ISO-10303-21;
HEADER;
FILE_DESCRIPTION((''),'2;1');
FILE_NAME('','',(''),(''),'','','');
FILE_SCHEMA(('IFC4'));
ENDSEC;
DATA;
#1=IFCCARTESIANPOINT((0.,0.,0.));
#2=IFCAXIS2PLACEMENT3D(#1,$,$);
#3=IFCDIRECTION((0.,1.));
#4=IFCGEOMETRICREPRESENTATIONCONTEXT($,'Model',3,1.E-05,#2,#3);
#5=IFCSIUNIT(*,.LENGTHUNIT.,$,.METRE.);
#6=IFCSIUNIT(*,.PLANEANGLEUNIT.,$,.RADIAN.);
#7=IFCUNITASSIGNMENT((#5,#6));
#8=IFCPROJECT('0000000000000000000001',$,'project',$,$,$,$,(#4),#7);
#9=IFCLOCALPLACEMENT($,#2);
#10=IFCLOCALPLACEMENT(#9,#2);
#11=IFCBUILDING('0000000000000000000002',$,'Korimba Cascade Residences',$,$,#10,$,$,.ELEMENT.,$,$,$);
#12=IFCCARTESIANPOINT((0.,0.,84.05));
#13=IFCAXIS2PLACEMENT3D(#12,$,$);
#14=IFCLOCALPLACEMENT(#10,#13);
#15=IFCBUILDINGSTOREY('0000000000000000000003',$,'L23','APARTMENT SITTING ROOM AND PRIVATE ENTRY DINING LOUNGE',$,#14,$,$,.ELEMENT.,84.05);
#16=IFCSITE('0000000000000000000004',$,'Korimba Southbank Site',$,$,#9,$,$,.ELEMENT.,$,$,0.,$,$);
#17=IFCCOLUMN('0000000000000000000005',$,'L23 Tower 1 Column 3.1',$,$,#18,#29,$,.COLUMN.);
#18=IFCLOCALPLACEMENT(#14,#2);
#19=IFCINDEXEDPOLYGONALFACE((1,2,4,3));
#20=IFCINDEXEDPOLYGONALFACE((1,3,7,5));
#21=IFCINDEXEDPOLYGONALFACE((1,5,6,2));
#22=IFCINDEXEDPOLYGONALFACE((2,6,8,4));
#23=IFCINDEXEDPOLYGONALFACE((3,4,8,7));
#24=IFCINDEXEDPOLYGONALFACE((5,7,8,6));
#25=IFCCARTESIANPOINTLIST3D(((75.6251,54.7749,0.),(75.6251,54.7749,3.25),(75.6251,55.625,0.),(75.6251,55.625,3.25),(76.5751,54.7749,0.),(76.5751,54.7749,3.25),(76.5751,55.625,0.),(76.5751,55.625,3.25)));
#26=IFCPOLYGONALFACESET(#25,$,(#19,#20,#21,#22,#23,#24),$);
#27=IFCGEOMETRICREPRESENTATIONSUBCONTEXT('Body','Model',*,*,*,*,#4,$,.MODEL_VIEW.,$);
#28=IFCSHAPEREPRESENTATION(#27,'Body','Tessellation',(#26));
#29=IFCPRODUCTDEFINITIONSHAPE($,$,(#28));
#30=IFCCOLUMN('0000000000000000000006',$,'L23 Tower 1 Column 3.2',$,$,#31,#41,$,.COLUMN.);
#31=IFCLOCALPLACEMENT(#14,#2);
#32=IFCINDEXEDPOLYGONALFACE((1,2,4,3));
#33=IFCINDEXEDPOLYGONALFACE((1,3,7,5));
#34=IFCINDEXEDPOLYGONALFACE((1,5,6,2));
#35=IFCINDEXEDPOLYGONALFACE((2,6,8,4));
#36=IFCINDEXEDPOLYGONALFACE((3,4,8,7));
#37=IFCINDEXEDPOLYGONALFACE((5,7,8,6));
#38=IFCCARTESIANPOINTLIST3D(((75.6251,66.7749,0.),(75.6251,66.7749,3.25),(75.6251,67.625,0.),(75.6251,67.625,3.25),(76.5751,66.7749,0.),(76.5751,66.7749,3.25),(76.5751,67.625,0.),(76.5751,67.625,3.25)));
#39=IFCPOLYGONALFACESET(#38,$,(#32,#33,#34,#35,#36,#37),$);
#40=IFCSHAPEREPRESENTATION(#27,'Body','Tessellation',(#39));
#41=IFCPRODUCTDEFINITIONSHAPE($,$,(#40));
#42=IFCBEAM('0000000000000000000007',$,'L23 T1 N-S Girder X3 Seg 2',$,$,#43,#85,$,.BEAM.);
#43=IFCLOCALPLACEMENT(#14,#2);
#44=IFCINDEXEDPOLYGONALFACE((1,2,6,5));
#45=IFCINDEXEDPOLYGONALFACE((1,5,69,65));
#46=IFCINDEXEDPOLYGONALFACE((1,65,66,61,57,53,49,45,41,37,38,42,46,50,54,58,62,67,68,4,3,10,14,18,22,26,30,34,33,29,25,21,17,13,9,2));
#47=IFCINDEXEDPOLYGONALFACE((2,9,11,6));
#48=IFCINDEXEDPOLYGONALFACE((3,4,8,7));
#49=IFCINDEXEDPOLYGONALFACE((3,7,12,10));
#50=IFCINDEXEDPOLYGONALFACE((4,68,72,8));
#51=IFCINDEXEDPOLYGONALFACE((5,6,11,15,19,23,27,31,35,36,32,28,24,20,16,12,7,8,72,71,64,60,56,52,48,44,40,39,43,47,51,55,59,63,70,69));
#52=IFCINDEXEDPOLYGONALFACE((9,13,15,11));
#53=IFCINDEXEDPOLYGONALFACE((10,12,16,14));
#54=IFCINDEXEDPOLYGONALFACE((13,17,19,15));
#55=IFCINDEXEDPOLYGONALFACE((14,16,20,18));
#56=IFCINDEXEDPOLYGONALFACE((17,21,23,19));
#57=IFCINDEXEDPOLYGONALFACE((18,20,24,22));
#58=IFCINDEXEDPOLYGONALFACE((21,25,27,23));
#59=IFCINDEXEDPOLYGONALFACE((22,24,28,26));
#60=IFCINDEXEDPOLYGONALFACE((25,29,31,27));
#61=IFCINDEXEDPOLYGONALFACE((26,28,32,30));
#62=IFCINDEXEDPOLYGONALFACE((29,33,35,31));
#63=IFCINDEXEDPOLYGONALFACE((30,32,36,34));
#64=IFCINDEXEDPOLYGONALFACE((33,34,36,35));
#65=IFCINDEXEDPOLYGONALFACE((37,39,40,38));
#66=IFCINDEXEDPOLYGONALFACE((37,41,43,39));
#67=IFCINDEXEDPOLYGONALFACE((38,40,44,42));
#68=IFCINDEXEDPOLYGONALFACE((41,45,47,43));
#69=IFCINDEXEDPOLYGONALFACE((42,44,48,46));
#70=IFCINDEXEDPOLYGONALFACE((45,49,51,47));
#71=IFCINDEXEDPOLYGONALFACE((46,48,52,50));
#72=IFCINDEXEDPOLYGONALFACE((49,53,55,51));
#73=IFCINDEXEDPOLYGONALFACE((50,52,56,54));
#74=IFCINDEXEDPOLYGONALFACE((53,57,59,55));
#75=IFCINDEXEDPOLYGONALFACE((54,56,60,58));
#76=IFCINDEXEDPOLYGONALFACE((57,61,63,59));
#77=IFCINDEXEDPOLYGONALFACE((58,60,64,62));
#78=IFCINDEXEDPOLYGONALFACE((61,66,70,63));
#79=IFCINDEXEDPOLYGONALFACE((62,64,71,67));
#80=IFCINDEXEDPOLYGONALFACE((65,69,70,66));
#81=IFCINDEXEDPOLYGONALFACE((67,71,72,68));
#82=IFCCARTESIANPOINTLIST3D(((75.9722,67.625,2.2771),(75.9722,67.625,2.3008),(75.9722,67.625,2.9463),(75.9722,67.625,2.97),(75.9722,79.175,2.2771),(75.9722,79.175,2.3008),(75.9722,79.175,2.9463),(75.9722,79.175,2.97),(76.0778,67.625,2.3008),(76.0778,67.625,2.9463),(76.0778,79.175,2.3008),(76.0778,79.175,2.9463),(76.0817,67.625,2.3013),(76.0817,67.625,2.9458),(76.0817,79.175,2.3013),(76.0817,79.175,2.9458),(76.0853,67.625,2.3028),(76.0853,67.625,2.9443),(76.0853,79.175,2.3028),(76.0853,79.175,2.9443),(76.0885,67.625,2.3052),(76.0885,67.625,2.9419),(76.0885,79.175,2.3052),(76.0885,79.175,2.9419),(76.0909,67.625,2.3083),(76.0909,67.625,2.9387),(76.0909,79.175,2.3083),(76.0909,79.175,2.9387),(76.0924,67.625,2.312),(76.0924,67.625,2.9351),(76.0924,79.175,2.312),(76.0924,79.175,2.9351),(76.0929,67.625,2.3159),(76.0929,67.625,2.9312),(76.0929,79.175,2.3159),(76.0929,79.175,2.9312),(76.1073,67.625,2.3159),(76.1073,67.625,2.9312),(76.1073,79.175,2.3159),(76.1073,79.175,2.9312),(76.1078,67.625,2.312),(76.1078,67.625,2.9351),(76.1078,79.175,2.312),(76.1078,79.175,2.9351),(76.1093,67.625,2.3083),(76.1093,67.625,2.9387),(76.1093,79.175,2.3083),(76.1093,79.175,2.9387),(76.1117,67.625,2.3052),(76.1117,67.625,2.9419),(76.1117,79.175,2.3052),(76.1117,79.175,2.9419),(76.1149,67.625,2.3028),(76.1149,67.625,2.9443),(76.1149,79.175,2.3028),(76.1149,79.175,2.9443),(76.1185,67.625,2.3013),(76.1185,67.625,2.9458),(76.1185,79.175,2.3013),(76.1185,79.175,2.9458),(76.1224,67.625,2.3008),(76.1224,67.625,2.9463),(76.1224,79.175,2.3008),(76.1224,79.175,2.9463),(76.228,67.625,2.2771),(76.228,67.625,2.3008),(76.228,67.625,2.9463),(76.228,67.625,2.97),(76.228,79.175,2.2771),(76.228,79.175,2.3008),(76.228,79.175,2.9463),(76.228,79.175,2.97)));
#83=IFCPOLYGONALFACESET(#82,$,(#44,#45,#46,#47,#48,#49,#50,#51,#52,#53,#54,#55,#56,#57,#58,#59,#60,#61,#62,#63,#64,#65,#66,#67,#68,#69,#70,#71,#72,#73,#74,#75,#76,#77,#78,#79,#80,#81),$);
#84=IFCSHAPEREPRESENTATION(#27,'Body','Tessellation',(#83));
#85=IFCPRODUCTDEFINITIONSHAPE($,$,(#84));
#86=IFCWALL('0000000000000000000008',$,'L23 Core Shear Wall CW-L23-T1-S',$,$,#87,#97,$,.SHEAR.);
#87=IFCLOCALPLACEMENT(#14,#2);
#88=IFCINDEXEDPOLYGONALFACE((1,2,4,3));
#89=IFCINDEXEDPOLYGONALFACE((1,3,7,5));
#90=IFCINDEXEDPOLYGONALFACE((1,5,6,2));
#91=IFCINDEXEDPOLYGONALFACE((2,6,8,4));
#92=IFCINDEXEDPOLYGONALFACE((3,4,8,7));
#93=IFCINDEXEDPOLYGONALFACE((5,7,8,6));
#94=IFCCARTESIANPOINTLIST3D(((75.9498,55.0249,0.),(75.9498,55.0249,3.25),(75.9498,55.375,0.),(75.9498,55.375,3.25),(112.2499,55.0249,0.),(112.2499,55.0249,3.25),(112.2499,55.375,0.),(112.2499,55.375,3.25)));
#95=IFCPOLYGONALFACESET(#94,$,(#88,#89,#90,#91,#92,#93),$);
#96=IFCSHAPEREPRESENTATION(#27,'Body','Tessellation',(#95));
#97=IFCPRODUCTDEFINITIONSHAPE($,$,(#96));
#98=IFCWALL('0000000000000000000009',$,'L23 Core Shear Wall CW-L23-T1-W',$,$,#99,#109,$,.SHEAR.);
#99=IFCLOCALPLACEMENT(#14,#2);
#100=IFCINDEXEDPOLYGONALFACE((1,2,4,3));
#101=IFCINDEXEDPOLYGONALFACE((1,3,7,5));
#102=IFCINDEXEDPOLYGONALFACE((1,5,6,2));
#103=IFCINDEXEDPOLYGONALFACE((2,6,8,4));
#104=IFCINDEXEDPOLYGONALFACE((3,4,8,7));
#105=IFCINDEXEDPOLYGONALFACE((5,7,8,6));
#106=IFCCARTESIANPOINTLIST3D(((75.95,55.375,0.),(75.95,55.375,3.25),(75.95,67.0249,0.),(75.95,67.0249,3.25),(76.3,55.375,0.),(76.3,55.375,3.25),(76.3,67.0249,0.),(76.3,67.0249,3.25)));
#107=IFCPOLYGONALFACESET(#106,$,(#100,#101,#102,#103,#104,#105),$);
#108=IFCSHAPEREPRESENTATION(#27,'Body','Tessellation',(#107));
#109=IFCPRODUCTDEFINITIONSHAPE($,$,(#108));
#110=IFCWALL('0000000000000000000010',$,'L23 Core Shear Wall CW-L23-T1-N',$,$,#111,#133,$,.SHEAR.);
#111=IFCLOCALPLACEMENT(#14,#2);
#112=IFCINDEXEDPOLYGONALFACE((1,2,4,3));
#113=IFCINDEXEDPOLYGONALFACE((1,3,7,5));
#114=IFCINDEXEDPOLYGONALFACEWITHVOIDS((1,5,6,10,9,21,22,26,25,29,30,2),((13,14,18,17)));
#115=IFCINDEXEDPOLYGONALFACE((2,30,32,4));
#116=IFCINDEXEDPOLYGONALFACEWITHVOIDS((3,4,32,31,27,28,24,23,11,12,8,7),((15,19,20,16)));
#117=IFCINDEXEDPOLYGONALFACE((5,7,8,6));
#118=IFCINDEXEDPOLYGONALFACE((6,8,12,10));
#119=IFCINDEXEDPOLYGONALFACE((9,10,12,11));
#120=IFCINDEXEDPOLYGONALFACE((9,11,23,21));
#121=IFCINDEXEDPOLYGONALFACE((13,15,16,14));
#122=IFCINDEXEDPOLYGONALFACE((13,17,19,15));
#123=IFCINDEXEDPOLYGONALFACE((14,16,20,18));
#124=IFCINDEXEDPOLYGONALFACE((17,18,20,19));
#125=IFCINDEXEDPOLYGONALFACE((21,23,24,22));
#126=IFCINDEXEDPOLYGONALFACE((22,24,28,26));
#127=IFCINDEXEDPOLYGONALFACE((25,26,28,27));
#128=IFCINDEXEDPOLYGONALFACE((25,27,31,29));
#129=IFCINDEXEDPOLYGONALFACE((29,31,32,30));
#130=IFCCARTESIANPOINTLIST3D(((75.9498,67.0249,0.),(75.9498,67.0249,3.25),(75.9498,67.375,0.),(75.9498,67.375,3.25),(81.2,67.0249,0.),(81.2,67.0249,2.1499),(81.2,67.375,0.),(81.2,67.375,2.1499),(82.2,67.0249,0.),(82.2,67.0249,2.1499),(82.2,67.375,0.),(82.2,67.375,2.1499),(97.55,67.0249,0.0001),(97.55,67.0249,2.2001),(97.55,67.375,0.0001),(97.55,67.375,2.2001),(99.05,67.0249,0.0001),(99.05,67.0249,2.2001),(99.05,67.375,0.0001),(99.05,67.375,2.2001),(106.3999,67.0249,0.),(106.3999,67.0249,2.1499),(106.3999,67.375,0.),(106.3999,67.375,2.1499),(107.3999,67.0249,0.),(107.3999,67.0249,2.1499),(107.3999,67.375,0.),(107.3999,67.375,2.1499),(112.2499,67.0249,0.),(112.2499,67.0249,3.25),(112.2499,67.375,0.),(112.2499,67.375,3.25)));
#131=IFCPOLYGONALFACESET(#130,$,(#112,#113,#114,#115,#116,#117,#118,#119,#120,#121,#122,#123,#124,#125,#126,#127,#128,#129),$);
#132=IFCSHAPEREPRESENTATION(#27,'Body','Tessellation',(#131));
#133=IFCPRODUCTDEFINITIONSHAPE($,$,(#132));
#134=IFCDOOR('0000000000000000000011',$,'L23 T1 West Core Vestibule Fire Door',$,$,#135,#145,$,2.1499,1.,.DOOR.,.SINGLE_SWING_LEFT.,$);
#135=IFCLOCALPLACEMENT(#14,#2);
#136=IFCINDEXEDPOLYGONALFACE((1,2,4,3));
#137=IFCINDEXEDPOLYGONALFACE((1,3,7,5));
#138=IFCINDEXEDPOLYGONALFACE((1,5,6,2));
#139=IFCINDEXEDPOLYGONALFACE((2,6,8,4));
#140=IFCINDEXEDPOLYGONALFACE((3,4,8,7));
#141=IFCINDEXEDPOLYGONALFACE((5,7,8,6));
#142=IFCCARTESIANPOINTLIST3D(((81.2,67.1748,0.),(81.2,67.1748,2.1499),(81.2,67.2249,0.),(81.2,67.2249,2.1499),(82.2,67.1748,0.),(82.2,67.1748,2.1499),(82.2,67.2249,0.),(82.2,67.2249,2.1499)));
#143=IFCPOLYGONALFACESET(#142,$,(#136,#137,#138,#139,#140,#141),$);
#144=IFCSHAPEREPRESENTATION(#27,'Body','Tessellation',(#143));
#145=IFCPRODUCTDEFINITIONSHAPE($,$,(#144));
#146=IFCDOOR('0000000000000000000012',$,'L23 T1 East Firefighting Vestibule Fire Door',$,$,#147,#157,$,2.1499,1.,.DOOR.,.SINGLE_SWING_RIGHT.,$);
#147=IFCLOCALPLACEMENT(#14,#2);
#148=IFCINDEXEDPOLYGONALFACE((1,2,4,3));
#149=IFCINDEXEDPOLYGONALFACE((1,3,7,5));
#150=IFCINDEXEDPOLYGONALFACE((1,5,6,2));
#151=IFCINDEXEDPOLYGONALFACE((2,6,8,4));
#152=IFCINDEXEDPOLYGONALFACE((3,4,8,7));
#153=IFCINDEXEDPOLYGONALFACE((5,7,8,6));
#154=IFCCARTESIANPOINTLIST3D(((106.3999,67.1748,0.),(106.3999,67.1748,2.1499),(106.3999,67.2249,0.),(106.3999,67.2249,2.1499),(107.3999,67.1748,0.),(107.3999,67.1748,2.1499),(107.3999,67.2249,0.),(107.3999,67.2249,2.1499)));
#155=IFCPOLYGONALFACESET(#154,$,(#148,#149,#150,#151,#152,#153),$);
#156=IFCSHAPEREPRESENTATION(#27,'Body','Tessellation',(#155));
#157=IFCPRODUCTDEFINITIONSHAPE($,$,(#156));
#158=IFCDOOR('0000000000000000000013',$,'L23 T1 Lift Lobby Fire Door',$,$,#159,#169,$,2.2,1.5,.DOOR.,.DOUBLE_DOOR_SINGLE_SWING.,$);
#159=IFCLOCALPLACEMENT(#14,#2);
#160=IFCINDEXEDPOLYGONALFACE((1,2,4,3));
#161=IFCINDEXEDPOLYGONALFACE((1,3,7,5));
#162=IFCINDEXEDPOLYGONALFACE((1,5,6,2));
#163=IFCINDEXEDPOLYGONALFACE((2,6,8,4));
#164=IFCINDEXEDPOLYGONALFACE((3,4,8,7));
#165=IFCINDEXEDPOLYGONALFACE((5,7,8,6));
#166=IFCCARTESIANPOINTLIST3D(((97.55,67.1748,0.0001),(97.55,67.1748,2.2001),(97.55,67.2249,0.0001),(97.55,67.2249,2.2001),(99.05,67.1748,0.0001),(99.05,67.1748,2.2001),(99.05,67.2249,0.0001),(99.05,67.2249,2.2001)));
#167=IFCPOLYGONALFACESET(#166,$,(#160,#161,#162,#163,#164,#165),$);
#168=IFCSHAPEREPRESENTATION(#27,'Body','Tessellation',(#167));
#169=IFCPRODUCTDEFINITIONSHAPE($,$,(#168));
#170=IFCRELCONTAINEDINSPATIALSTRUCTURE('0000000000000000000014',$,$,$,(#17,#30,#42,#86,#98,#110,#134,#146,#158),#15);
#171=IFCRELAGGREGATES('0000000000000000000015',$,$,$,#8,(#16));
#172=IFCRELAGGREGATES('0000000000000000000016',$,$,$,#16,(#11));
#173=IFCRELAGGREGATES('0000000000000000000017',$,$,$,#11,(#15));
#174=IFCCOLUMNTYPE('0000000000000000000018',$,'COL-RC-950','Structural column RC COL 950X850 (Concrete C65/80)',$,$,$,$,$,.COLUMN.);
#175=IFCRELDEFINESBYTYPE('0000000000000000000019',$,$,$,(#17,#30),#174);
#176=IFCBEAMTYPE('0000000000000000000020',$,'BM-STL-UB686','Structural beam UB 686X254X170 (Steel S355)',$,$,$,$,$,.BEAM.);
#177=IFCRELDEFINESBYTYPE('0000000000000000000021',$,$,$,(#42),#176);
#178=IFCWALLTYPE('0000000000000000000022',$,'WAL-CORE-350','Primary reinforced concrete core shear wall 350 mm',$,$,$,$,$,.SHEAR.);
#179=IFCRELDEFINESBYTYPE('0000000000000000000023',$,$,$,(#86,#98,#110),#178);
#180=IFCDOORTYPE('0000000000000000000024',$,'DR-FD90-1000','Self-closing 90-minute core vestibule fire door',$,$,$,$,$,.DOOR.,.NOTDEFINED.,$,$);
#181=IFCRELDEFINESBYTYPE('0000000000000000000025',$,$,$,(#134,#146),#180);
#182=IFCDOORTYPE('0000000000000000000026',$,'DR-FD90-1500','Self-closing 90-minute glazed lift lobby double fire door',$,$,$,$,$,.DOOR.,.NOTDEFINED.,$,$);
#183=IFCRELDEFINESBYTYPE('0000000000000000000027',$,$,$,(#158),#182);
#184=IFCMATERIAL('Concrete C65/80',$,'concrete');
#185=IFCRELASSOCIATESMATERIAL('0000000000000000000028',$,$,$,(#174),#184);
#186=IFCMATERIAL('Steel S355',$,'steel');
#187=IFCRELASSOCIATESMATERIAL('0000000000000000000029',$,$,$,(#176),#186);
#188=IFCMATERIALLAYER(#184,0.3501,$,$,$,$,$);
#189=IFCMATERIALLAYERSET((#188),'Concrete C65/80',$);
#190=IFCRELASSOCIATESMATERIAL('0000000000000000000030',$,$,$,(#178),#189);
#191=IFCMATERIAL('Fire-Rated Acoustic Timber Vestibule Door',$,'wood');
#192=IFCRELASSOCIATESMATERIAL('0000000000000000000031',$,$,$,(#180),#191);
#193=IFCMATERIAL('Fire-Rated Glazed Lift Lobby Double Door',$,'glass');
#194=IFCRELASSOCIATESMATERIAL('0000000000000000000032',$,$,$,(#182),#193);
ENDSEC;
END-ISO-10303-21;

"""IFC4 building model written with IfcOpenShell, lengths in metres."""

from ifc_helpers import new_model, si_unit, direction, frame, frame_2d, origin, origin_2d, place, context, subcontext, project, spatial, rectangle, i_section, extrude, material, layer, layer_set, material_profile, profile_set, type_object, element, fill, save


model = new_model("IFC4")

# Units and contexts
model_context = context("Model", 3, precision=1e-05, world=origin(), true_north=direction((0.0, 1.0)))
body_context = subcontext(model_context, "Body", "Model", "MODEL_VIEW")
ifc_project = project(units=[si_unit("LENGTHUNIT", "METRE"), si_unit("PLANEANGLEUNIT", "RADIAN")], contexts=[model_context])

# Site, building, storey
site_placement = place(None, origin())
site = spatial("IfcSite", under=ifc_project, at=site_placement, Name="Korimba Southbank Site", CompositionType="ELEMENT", RefElevation=0.0)
building_placement = place(site_placement, origin())
building = spatial("IfcBuilding", under=site, at=building_placement, Name="Korimba Cascade Residences", CompositionType="ELEMENT")
storey_placement = place(building_placement, frame((0.0, 0.0, 84.05)))
storey = spatial("IfcBuildingStorey", under=building, at=storey_placement, Name="L23", Description="APARTMENT SITTING ROOM AND PRIVATE ENTRY DINING LOUNGE", CompositionType="ELEMENT", Elevation=84.05)

# Columns
ifc_material_1 = material(Name="Concrete C65/80", Category="concrete")
ifc_material_profile_1 = material_profile(ifc_material_1, rectangle(XDim=0.95, YDim=0.8501, at=origin_2d()), Name="Concrete C65/80")
ifc_profile_set_1 = profile_set([ifc_material_profile_1], Name="Concrete C65/80")
column_type = type_object("IfcColumnType", Name="COL-RC-950", Description="Structural column RC COL 950X850 (Concrete C65/80)", PredefinedType="COLUMN", material=ifc_profile_set_1)
for number, where, z_axis, x_axis, name in (
    (1, (76.1001, 55.2, 0.0), (0.0, 0.0, 1.0), (1.0, 0.0, 0.0), "L23 Tower 1 Column 3.1"),
    (2, (76.1001, 67.2, 0.0), (0.0, 0.0, 1.0), (1.0, 0.0, 0.0), "L23 Tower 1 Column 3.2"),
):
    element("IfcColumn", number, at=place(storey_placement, frame(where, z_axis=z_axis, x_axis=x_axis)), inside=storey, type_object=column_type, Name=name, PredefinedType="COLUMN", context=body_context, shape_type="SweptSolid", body=[
        extrude(rectangle(XDim=0.95, YDim=0.8501, at=origin_2d()), origin(), (0.0, 0.0, 1.0), 3.25),
    ])

# Beam
ifc_material_2 = material(Name="Steel S355", Category="steel")
ifc_material_profile_2 = material_profile(ifc_material_2, i_section(OverallWidth=0.2559, OverallDepth=0.6929, WebThickness=0.0144, FlangeThickness=0.0237, FilletRadius=0.0151, at=origin_2d()), Name="Steel S355")
ifc_profile_set_2 = profile_set([ifc_material_profile_2], Name="Steel S355")
beam_type = type_object("IfcBeamType", Name="BM-STL-UB686", Description="Structural beam UB 686X254X170 (Steel S355)", PredefinedType="BEAM", material=ifc_profile_set_2)
beam_placement = place(storey_placement, frame((76.1001, 67.625, 2.6235), z_axis=(0.0, 1.0, 0.0), x_axis=(-1.0, 0.0, 0.0)))
element("IfcBeam", 3, at=beam_placement, inside=storey, type_object=beam_type, Name="L23 T1 N-S Girder X3 Seg 2", PredefinedType="BEAM", context=body_context, shape_type="SweptSolid", body=[
    extrude(i_section(OverallWidth=0.2559, OverallDepth=0.6929, WebThickness=0.0144, FlangeThickness=0.0237, FilletRadius=0.0151, at=origin_2d()), origin(), (0.0, 0.0, 1.0), 11.55),
])

# Walls
ifc_layer_1 = layer(ifc_material_1, 0.3501)
ifc_layer_set_1 = layer_set([ifc_layer_1], Name="Concrete C65/80")
wall_type_1 = type_object("IfcWallType", Name="WAL-CORE-350", Description="Primary reinforced concrete core shear wall 350 mm", PredefinedType="SHEAR", material=ifc_layer_set_1)
wall_1_placement = place(storey_placement, frame((75.95, 55.2, 0.0), z_axis=(0.0, 0.0, 1.0), x_axis=(1.0, 0.0, 0.0)))
element("IfcWall", 4, at=wall_1_placement, inside=storey, type_object=wall_type_1, Name="L23 Core Shear Wall CW-L23-T1-S", PredefinedType="SHEAR", context=body_context, shape_type="SweptSolid", body=[
    extrude(rectangle(XDim=36.3, YDim=0.3501, at=frame_2d((18.1499, 0.0))), origin(), (0.0, 0.0, 1.0), 3.25),
])
wall_2_placement = place(storey_placement, frame((76.125, 55.375, 0.0), z_axis=(0.0, 0.0, 1.0), x_axis=(0.0, 1.0, 0.0)))
element("IfcWall", 5, at=wall_2_placement, inside=storey, type_object=wall_type_1, Name="L23 Core Shear Wall CW-L23-T1-W", PredefinedType="SHEAR", context=body_context, shape_type="SweptSolid", body=[
    extrude(rectangle(XDim=11.6499, YDim=0.3501, at=frame_2d((5.825, 0.0))), origin(), (0.0, 0.0, 1.0), 3.25),
])

# Wall, openings, doors
wall_3_placement = place(storey_placement, frame((75.95, 67.2, 0.0), z_axis=(0.0, 0.0, 1.0), x_axis=(1.0, 0.0, 0.0)))
wall_3 = element("IfcWall", 6, at=wall_3_placement, inside=storey, type_object=wall_type_1, Name="L23 Core Shear Wall CW-L23-T1-N", PredefinedType="SHEAR", context=body_context, shape_type="SweptSolid", body=[
    extrude(rectangle(XDim=36.3, YDim=0.3501, at=frame_2d((18.1499, 0.0))), origin(), (0.0, 0.0, 1.0), 3.25),
])
opening_1_placement = place(wall_3_placement, frame((5.25, 0.0, 0.0)))
opening_1 = element("IfcOpeningElement", 7, at=opening_1_placement, cuts=wall_3, PredefinedType="OPENING", context=body_context, shape_type="SweptSolid", body=[
    extrude(rectangle(XDim=1.0, YDim=2.1499, at=frame_2d((0.5, 1.075))), frame((0.0, 0.1851, 0.0), z_axis=(0.0, -1.0, 0.0), x_axis=(1.0, 0.0, 0.0)), (0.0, 0.0, 1.0), 0.3701),
])
opening_2_placement = place(wall_3_placement, frame((21.6001, 0.0, 0.0)))
opening_2 = element("IfcOpeningElement", 8, at=opening_2_placement, cuts=wall_3, PredefinedType="OPENING", context=body_context, shape_type="SweptSolid", body=[
    extrude(rectangle(XDim=1.5, YDim=2.2, at=frame_2d((0.75, 1.1001))), frame((0.0, 0.1851, 0.0), z_axis=(0.0, -1.0, 0.0), x_axis=(1.0, 0.0, 0.0)), (0.0, 0.0, 1.0), 0.3701),
])
opening_3_placement = place(wall_3_placement, frame((30.45, 0.0, 0.0)))
opening_3 = element("IfcOpeningElement", 9, at=opening_3_placement, cuts=wall_3, PredefinedType="OPENING", context=body_context, shape_type="SweptSolid", body=[
    extrude(rectangle(XDim=1.0, YDim=2.1499, at=frame_2d((0.5, 1.075))), frame((0.0, 0.1851, 0.0), z_axis=(0.0, -1.0, 0.0), x_axis=(1.0, 0.0, 0.0)), (0.0, 0.0, 1.0), 0.3701),
])
ifc_material_3 = material(Name="Fire-Rated Acoustic Timber Vestibule Door", Category="wood")
door_type_1 = type_object("IfcDoorType", Name="DR-FD90-1000", Description="Self-closing 90-minute core vestibule fire door", OperationType="NOTDEFINED", PredefinedType="DOOR", material=ifc_material_3)
door_1_placement = place(opening_1_placement, origin())
door_1 = element("IfcDoor", 10, at=door_1_placement, inside=storey, type_object=door_type_1, Name="L23 T1 West Core Vestibule Fire Door", OperationType="SINGLE_SWING_LEFT", OverallHeight=2.1499, OverallWidth=1.0, PredefinedType="DOOR", context=body_context, shape_type="SweptSolid", body=[
    extrude(rectangle(XDim=1.0, YDim=2.1499, at=frame_2d((0.5, 1.075))), frame((0.0, 0.0249, 0.0), z_axis=(0.0, -1.0, 0.0), x_axis=(1.0, 0.0, 0.0)), (0.0, 0.0, 1.0), 0.05),
])
fill(opening_1, door_1)
door_2_placement = place(opening_3_placement, origin())
door_2 = element("IfcDoor", 11, at=door_2_placement, inside=storey, type_object=door_type_1, Name="L23 T1 East Firefighting Vestibule Fire Door", OperationType="SINGLE_SWING_RIGHT", OverallHeight=2.1499, OverallWidth=1.0, PredefinedType="DOOR", context=body_context, shape_type="SweptSolid", body=[
    extrude(rectangle(XDim=1.0, YDim=2.1499, at=frame_2d((0.5, 1.075))), frame((0.0, 0.0249, 0.0), z_axis=(0.0, -1.0, 0.0), x_axis=(1.0, 0.0, 0.0)), (0.0, 0.0, 1.0), 0.05),
])
fill(opening_3, door_2)
ifc_material_4 = material(Name="Fire-Rated Glazed Lift Lobby Double Door", Category="glass")
door_type_2 = type_object("IfcDoorType", Name="DR-FD90-1500", Description="Self-closing 90-minute glazed lift lobby double fire door", OperationType="NOTDEFINED", PredefinedType="DOOR", material=ifc_material_4)
door_3_placement = place(opening_2_placement, origin())
door_3 = element("IfcDoor", 12, at=door_3_placement, inside=storey, type_object=door_type_2, Name="L23 T1 Lift Lobby Fire Door", OperationType="DOUBLE_DOOR_SINGLE_SWING", OverallHeight=2.2, OverallWidth=1.5, PredefinedType="DOOR", context=body_context, shape_type="SweptSolid", body=[
    extrude(rectangle(XDim=1.5, YDim=2.2, at=frame_2d((0.75, 1.1001))), frame((0.0, 0.0249, 0.0), z_axis=(0.0, -1.0, 0.0), x_axis=(1.0, 0.0, 0.0)), (0.0, 0.0, 1.0), 0.05),
])
fill(opening_2, door_3)

save(model, "model.ifc")
